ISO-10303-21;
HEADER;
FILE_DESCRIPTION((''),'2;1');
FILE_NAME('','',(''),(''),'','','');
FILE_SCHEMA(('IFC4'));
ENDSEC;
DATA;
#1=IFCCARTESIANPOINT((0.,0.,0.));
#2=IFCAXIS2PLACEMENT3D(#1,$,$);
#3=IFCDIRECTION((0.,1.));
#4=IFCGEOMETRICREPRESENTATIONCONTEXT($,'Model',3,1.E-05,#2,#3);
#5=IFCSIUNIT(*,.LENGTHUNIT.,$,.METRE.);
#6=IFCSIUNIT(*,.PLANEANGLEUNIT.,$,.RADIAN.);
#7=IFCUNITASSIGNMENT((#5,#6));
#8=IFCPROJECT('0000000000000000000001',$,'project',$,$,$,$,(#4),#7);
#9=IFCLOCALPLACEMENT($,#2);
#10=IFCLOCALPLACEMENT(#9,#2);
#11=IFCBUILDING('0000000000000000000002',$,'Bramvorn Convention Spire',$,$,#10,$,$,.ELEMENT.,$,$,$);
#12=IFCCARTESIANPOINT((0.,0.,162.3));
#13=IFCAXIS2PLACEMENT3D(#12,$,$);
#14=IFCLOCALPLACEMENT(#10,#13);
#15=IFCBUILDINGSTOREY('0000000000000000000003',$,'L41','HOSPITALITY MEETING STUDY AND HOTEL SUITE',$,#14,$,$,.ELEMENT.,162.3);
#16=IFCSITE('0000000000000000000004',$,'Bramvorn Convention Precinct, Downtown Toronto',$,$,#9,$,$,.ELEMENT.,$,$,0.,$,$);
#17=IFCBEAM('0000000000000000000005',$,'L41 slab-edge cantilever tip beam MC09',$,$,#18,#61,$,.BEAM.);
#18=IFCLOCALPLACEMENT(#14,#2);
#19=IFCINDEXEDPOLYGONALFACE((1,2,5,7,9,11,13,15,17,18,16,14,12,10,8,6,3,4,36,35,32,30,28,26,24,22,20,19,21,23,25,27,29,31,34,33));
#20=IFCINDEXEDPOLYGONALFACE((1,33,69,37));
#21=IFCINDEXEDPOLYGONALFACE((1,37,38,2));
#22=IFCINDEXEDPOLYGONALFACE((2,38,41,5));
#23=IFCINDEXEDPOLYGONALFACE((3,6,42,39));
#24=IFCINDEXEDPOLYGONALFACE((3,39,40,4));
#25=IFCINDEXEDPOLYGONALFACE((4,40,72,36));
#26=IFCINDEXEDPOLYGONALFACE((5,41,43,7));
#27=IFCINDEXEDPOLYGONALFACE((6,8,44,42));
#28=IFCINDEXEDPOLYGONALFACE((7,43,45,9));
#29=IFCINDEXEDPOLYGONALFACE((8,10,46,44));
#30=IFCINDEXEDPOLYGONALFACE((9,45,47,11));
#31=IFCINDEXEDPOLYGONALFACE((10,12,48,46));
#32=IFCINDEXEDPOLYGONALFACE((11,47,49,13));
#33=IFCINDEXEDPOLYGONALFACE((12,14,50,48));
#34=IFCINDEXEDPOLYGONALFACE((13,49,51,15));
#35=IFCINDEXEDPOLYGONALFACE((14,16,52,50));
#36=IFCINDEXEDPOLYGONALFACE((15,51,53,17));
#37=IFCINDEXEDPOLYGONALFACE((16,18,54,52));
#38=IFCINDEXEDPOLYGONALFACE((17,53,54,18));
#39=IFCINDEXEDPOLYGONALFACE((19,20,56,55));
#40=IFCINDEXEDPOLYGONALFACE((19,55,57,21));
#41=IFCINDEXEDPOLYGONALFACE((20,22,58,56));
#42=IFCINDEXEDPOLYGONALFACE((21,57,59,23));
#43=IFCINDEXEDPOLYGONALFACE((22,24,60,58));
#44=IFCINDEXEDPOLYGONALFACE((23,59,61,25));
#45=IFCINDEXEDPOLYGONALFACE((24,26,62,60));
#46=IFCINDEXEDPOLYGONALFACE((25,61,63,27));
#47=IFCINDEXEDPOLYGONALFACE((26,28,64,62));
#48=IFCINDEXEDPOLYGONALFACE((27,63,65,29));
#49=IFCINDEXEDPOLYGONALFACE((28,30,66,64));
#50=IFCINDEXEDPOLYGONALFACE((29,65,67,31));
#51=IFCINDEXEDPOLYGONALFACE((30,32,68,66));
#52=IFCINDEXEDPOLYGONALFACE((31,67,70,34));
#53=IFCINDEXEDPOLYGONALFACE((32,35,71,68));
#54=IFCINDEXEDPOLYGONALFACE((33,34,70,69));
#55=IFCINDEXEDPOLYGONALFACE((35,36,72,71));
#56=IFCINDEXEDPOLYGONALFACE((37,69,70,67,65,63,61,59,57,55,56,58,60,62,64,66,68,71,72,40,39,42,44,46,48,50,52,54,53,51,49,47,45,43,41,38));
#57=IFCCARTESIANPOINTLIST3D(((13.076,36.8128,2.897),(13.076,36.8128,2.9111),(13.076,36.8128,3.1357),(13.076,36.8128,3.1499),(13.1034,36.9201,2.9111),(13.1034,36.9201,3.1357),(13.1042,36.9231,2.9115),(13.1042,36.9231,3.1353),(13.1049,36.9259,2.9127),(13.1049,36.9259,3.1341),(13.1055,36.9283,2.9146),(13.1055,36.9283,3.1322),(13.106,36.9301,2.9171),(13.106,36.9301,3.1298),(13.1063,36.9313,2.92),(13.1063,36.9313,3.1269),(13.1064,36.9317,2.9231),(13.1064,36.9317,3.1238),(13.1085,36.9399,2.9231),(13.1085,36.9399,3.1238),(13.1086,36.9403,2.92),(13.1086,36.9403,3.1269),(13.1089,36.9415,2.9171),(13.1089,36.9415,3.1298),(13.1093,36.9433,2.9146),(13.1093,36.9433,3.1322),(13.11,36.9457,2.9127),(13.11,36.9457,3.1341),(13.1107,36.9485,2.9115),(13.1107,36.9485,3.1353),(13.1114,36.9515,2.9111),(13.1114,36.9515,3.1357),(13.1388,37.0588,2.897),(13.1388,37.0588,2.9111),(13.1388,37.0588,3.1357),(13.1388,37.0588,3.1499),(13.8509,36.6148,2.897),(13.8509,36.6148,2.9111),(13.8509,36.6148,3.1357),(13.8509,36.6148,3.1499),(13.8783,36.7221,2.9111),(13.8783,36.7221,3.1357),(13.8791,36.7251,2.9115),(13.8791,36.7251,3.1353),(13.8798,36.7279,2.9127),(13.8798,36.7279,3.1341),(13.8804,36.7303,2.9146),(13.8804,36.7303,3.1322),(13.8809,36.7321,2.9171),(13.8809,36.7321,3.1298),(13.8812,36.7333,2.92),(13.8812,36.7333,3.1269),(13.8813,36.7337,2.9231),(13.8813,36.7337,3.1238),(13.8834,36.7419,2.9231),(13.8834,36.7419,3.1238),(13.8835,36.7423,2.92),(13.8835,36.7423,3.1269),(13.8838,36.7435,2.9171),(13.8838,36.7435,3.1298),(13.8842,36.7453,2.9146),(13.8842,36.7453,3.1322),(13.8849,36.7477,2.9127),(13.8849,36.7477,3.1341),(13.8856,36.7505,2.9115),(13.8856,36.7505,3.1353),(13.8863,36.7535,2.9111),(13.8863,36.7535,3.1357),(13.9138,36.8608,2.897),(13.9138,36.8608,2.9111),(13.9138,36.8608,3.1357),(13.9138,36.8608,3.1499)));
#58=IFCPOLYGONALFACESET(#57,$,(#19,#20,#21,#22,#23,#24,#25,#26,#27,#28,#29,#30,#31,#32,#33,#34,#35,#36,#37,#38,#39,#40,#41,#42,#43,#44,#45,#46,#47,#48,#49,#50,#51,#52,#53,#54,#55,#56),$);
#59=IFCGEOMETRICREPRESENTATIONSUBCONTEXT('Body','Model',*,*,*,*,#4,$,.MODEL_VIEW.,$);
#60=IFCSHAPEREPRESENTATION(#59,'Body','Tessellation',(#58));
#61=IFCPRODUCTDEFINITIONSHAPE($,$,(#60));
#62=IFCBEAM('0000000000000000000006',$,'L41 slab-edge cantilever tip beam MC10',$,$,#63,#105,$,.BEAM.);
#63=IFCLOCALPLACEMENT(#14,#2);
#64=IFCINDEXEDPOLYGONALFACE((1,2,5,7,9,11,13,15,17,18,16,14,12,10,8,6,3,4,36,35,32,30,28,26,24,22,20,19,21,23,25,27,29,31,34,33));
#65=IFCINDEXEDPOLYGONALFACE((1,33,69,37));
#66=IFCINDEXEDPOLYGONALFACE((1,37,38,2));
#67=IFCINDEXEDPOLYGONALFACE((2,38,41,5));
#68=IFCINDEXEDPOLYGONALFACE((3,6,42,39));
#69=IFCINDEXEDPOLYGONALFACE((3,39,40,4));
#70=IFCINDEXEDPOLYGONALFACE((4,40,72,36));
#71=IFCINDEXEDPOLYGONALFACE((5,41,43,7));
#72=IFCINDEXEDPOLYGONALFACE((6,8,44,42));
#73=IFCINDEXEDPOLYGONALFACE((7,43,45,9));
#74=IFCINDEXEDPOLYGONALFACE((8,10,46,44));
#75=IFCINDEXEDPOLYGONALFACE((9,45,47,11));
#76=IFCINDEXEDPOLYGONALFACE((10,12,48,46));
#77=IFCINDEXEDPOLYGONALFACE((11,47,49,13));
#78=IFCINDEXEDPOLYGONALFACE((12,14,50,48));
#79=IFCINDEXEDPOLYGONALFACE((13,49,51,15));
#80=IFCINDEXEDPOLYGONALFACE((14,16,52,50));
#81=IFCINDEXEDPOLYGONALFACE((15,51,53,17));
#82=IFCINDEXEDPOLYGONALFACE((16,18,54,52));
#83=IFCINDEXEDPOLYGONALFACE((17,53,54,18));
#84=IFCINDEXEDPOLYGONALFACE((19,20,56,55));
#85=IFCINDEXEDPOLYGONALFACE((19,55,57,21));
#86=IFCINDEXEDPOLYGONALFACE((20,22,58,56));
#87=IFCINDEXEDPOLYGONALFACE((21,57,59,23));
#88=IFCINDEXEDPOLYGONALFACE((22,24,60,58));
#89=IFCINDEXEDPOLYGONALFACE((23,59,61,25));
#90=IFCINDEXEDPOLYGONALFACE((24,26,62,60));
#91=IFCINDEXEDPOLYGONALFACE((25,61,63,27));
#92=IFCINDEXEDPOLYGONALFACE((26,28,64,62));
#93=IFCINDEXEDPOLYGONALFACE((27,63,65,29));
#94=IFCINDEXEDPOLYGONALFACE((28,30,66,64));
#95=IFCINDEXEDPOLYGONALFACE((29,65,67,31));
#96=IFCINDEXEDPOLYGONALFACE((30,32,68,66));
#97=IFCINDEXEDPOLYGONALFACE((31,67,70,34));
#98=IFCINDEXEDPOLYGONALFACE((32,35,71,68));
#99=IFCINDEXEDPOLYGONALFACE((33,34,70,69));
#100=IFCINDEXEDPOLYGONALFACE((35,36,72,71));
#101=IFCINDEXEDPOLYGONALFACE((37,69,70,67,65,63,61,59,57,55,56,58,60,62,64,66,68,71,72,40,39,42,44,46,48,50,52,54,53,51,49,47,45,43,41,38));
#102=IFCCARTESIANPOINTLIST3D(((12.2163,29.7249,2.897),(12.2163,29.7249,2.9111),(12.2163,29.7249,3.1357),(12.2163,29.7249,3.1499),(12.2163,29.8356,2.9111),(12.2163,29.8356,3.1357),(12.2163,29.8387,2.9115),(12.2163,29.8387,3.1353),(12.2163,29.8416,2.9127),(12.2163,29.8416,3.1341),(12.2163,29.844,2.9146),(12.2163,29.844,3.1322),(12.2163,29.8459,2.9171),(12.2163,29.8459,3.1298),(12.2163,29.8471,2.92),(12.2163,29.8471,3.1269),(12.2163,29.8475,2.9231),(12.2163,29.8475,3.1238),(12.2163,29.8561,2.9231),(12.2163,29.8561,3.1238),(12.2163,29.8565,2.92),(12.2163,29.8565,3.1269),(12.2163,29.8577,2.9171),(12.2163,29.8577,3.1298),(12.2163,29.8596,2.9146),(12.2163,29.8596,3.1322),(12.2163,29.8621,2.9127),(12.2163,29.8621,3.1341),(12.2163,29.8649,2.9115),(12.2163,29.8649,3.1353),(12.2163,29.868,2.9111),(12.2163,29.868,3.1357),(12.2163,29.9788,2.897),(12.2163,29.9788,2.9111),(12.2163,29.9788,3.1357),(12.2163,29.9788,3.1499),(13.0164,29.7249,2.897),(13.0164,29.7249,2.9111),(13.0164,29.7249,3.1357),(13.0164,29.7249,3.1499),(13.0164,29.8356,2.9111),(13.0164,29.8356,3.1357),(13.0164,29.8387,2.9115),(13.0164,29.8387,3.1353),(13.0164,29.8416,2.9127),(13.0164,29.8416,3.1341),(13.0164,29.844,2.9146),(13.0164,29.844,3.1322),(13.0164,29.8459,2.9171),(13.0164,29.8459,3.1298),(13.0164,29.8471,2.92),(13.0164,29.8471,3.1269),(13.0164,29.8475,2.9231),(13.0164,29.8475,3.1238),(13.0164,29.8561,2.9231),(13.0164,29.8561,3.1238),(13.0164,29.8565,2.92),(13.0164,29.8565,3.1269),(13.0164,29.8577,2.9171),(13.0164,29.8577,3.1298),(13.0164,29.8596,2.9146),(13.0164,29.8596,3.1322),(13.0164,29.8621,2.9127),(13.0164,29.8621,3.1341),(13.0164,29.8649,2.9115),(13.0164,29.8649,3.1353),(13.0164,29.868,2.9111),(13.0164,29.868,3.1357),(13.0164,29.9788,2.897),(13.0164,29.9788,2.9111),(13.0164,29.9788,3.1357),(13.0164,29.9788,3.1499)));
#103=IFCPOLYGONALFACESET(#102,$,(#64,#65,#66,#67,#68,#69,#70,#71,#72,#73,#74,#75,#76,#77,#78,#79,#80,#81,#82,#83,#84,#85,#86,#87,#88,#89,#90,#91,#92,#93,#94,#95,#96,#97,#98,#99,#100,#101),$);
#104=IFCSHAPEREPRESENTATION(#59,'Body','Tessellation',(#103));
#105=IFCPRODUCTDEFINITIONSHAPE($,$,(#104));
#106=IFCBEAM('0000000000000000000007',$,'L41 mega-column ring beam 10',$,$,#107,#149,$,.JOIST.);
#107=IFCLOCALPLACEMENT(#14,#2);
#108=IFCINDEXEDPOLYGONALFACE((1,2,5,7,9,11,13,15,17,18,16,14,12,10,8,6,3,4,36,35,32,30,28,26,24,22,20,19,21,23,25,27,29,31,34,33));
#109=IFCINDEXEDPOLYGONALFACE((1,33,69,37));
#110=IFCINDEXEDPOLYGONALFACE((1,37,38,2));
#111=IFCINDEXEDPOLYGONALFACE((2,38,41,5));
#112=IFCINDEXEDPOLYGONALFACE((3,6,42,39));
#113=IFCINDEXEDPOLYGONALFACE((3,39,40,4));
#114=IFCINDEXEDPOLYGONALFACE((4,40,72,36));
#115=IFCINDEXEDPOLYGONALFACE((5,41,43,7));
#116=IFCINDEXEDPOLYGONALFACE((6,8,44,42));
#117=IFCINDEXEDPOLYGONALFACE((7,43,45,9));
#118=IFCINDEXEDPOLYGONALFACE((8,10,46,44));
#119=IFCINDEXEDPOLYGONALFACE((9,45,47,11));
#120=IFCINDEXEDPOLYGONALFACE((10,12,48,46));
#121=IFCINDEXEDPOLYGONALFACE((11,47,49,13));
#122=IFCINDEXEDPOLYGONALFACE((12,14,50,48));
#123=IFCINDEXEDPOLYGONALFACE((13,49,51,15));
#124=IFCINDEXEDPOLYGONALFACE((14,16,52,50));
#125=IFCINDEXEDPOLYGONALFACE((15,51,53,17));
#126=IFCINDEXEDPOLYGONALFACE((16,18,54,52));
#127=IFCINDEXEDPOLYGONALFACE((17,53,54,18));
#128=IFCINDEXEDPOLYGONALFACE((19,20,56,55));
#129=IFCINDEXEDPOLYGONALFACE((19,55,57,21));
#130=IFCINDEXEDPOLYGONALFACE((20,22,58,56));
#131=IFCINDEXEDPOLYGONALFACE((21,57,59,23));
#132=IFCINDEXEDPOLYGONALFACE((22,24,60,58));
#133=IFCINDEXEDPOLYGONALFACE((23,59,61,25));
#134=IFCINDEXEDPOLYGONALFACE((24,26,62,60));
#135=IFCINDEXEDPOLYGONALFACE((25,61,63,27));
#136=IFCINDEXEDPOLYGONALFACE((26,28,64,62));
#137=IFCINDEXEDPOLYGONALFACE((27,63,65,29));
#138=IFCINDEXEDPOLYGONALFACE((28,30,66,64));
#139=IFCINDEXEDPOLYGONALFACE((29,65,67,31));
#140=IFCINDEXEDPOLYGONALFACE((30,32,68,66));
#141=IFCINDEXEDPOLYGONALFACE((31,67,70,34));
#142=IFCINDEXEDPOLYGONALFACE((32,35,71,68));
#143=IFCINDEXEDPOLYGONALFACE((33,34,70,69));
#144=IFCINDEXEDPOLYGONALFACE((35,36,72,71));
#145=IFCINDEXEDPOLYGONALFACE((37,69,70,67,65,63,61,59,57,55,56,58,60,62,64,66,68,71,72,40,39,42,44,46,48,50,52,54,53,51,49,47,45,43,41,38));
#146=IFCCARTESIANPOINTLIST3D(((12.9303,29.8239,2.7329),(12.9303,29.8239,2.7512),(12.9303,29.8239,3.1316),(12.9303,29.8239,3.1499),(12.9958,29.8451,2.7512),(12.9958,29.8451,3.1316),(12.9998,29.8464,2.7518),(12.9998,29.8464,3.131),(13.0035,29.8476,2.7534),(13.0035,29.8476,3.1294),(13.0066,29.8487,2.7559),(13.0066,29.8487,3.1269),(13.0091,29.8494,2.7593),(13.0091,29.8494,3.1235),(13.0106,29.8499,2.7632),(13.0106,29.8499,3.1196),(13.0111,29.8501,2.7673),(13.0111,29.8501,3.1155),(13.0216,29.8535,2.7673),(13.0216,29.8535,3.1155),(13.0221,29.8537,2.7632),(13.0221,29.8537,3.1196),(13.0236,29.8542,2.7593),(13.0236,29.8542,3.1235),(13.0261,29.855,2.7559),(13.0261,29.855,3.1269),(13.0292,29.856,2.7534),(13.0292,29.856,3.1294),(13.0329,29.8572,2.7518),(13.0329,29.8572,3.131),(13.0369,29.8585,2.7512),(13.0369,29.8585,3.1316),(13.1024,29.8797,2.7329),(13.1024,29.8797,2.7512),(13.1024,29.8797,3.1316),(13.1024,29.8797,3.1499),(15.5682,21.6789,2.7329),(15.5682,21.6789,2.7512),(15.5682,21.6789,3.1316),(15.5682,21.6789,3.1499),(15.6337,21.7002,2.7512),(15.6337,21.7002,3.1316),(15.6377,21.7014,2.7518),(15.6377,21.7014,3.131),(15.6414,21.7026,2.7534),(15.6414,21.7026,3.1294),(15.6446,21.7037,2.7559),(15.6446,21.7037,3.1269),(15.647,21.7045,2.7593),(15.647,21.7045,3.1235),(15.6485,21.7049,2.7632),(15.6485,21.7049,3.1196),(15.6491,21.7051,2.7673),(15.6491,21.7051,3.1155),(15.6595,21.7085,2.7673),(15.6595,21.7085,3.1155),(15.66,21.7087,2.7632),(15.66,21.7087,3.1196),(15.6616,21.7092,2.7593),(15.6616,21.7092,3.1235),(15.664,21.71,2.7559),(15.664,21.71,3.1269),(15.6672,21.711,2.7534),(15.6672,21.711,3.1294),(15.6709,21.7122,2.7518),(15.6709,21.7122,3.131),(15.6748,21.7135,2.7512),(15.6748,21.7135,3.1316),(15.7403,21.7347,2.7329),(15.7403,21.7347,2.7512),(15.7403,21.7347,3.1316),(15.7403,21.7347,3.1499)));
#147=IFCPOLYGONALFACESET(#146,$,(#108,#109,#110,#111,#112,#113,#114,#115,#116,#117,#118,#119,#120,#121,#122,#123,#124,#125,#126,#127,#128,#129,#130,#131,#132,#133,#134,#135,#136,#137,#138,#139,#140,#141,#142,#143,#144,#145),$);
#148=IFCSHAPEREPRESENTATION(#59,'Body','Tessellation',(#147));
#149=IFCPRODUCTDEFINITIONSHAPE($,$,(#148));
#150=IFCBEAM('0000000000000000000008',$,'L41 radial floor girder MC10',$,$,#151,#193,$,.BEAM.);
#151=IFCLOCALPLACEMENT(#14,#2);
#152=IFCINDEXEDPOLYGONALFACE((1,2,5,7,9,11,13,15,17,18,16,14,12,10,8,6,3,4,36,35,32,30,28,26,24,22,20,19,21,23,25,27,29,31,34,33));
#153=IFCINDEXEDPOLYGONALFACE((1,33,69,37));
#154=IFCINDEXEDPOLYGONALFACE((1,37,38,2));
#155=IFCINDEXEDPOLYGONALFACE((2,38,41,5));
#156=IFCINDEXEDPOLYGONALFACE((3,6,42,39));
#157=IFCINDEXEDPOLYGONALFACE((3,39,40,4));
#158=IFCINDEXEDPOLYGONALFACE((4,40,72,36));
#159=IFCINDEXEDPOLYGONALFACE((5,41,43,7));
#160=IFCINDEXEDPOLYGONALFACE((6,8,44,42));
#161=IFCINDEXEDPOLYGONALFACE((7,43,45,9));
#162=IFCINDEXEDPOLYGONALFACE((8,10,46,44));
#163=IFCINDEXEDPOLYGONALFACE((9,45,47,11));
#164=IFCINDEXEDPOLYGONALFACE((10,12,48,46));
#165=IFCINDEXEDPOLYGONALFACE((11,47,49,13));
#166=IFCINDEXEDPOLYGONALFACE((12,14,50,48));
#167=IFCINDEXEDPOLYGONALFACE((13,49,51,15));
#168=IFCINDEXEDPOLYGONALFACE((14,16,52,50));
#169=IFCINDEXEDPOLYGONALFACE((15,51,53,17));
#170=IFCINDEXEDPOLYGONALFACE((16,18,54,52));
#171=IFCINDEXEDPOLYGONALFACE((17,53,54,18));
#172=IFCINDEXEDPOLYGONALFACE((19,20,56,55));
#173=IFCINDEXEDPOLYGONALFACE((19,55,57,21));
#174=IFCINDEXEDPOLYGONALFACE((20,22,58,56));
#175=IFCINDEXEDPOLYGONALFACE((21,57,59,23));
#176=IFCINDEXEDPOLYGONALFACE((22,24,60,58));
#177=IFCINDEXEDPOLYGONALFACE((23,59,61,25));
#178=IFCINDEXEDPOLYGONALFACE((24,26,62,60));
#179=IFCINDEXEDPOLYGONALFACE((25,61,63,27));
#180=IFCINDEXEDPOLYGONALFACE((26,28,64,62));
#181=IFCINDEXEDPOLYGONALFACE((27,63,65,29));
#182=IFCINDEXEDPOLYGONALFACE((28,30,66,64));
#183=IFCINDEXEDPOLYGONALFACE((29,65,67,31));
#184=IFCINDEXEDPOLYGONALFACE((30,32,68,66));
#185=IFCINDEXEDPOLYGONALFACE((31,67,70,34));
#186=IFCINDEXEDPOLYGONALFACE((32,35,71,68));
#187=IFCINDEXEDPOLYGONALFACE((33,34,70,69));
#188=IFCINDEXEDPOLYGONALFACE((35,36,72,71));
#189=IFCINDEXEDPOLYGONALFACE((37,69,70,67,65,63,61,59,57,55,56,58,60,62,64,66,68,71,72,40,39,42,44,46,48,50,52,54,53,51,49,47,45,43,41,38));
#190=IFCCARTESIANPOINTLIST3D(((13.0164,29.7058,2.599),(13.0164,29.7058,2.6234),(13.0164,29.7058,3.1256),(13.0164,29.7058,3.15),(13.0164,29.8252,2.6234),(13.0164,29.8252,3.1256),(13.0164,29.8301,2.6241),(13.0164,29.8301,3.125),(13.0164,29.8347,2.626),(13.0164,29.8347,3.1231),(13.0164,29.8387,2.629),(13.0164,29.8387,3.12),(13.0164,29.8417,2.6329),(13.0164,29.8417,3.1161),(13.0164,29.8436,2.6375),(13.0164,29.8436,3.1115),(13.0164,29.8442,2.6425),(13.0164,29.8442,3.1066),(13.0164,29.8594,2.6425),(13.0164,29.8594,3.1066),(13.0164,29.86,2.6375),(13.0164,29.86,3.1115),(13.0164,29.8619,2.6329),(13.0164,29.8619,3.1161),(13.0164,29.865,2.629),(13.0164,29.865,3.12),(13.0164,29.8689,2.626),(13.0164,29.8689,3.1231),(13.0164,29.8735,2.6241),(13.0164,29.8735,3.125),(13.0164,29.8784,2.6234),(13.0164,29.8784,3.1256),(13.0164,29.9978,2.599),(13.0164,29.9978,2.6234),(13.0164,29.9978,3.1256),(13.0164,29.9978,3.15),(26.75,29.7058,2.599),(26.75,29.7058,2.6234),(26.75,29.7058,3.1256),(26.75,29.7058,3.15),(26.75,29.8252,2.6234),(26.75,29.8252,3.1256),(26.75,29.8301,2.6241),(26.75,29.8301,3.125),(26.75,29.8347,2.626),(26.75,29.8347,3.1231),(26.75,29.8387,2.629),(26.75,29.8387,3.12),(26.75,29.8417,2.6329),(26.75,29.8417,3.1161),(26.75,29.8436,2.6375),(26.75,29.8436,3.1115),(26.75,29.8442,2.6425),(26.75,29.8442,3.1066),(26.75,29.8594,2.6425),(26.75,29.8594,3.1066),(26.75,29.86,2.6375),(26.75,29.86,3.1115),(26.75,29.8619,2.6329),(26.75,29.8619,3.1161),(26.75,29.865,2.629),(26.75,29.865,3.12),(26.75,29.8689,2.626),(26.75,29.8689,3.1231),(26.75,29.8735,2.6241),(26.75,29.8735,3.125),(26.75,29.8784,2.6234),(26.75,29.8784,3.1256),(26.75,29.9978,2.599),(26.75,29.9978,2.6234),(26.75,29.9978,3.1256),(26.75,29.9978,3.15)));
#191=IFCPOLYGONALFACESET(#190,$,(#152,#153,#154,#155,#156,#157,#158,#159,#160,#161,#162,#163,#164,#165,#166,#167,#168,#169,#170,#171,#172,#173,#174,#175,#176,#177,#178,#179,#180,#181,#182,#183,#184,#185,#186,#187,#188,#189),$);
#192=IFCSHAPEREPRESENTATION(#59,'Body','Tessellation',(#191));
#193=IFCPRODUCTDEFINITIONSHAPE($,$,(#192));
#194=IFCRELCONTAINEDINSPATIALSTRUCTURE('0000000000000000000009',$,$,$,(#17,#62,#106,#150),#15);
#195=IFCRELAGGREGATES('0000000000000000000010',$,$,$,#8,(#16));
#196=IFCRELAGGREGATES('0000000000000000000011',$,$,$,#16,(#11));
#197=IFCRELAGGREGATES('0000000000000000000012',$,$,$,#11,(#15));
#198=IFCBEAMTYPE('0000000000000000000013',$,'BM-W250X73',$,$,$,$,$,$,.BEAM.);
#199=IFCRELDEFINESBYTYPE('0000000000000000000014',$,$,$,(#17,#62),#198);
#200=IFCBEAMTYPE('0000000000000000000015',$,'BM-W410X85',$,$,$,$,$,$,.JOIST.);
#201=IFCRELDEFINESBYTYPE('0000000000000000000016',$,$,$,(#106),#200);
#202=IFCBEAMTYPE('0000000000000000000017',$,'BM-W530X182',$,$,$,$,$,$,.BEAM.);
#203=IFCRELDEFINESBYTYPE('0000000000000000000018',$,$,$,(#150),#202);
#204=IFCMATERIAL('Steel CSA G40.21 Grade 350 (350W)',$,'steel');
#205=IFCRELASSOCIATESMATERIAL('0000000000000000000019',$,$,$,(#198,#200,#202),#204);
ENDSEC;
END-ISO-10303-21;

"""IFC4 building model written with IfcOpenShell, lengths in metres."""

from ifc_helpers import new_model, si_unit, direction, frame, origin, origin_2d, place, context, subcontext, project, spatial, i_section, extrude, material, material_profile, profile_set, type_object, element, save


model = new_model("IFC4")

# Units and contexts
model_context = context("Model", 3, precision=1e-05, world=origin(), true_north=direction((0.0, 1.0)))
body_context = subcontext(model_context, "Body", "Model", "MODEL_VIEW")
ifc_project = project(units=[si_unit("LENGTHUNIT", "METRE"), si_unit("PLANEANGLEUNIT", "RADIAN")], contexts=[model_context])

# Site, building, storey
site_placement = place(None, origin())
site = spatial("IfcSite", under=ifc_project, at=site_placement, Name="Bramvorn Convention Precinct, Downtown Toronto", CompositionType="ELEMENT", RefElevation=0.0)
building_placement = place(site_placement, origin())
building = spatial("IfcBuilding", under=site, at=building_placement, Name="Bramvorn Convention Spire", CompositionType="ELEMENT")
storey_placement = place(building_placement, frame((0.0, 0.0, 162.3)))
storey = spatial("IfcBuildingStorey", under=building, at=storey_placement, Name="L41", Description="HOSPITALITY MEETING STUDY AND HOTEL SUITE", CompositionType="ELEMENT", Elevation=162.3)

# Shared definitions
ifc_material_1 = material(Name="Steel CSA G40.21 Grade 350 (350W)", Category="steel")

# Beams
ifc_material_profile_1 = material_profile(ifc_material_1, i_section(OverallWidth=0.2539, OverallDepth=0.2529, WebThickness=0.0085, FlangeThickness=0.0142, FilletRadius=0.012, at=origin_2d()))
ifc_profile_set_1 = profile_set([ifc_material_profile_1], Name="Steel CSA G40.21 Grade 350 (350W) - W250X73")
beam_type_1 = type_object("IfcBeamType", Name="BM-W250X73", PredefinedType="BEAM", material=ifc_profile_set_1)
beam_1_placement = place(storey_placement, frame((13.8823, 36.7378, 3.0234), z_axis=(-0.968873, 0.24756, 0.0), x_axis=(-0.24756, -0.968873, 0.0)))
element("IfcBeam", 1, at=beam_1_placement, inside=storey, type_object=beam_type_1, Name="L41 slab-edge cantilever tip beam MC09", PredefinedType="BEAM", context=body_context, shape_type="SweptSolid", body=[
    extrude(i_section(OverallWidth=0.2539, OverallDepth=0.2529, WebThickness=0.0085, FlangeThickness=0.0142, FilletRadius=0.012, at=origin_2d()), origin(), (0.0, 0.0, 1.0), 0.7998),
])
beam_2_placement = place(storey_placement, frame((13.0164, 29.8518, 3.0234), z_axis=(-1.0, 0.0, 0.0), x_axis=(0.0, -1.0, 0.0)))
element("IfcBeam", 2, at=beam_2_placement, inside=storey, type_object=beam_type_1, Name="L41 slab-edge cantilever tip beam MC10", PredefinedType="BEAM", context=body_context, shape_type="SweptSolid", body=[
    extrude(i_section(OverallWidth=0.2539, OverallDepth=0.2529, WebThickness=0.0085, FlangeThickness=0.0142, FilletRadius=0.012, at=origin_2d()), origin(), (0.0, 0.0, 1.0), 0.8),
])
ifc_material_profile_2 = material_profile(ifc_material_1, i_section(OverallWidth=0.1809, OverallDepth=0.417, WebThickness=0.011, FlangeThickness=0.0183, FilletRadius=0.0161, at=origin_2d()))
ifc_profile_set_2 = profile_set([ifc_material_profile_2], Name="Steel CSA G40.21 Grade 350 (350W) - W410X85")
beam_type_2 = type_object("IfcBeamType", Name="BM-W410X85", PredefinedType="JOIST", material=ifc_profile_set_2)
beam_3_placement = place(storey_placement, frame((13.0164, 29.8518, 2.9414), z_axis=(0.308115, -0.951349, 0.0), x_axis=(0.951349, 0.308115, 0.0)))
element("IfcBeam", 3, at=beam_3_placement, inside=storey, type_object=beam_type_2, Name="L41 mega-column ring beam 10", PredefinedType="JOIST", context=body_context, shape_type="SweptSolid", body=[
    extrude(i_section(OverallWidth=0.1809, OverallDepth=0.417, WebThickness=0.011, FlangeThickness=0.0183, FilletRadius=0.0161, at=origin_2d()), origin(), (0.0, 0.0, 1.0), 8.5615),
])
ifc_material_profile_3 = material_profile(ifc_material_1, i_section(OverallWidth=0.292, OverallDepth=0.551, WebThickness=0.0151, FlangeThickness=0.0244, FilletRadius=0.019, at=origin_2d()))
ifc_profile_set_3 = profile_set([ifc_material_profile_3], Name="Steel CSA G40.21 Grade 350 (350W) - W530X182")
beam_type_3 = type_object("IfcBeamType", Name="BM-W530X182", PredefinedType="BEAM", material=ifc_profile_set_3)
beam_4_placement = place(storey_placement, frame((26.75, 29.8518, 2.8745), z_axis=(-1.0, 0.0, 0.0), x_axis=(0.0, -1.0, 0.0)))
element("IfcBeam", 4, at=beam_4_placement, inside=storey, type_object=beam_type_3, Name="L41 radial floor girder MC10", PredefinedType="BEAM", context=body_context, shape_type="SweptSolid", body=[
    extrude(i_section(OverallWidth=0.292, OverallDepth=0.551, WebThickness=0.0151, FlangeThickness=0.0244, FilletRadius=0.019, at=origin_2d()), origin(), (0.0, 0.0, 1.0), 13.7336),
])

save(model, "model.ifc")
